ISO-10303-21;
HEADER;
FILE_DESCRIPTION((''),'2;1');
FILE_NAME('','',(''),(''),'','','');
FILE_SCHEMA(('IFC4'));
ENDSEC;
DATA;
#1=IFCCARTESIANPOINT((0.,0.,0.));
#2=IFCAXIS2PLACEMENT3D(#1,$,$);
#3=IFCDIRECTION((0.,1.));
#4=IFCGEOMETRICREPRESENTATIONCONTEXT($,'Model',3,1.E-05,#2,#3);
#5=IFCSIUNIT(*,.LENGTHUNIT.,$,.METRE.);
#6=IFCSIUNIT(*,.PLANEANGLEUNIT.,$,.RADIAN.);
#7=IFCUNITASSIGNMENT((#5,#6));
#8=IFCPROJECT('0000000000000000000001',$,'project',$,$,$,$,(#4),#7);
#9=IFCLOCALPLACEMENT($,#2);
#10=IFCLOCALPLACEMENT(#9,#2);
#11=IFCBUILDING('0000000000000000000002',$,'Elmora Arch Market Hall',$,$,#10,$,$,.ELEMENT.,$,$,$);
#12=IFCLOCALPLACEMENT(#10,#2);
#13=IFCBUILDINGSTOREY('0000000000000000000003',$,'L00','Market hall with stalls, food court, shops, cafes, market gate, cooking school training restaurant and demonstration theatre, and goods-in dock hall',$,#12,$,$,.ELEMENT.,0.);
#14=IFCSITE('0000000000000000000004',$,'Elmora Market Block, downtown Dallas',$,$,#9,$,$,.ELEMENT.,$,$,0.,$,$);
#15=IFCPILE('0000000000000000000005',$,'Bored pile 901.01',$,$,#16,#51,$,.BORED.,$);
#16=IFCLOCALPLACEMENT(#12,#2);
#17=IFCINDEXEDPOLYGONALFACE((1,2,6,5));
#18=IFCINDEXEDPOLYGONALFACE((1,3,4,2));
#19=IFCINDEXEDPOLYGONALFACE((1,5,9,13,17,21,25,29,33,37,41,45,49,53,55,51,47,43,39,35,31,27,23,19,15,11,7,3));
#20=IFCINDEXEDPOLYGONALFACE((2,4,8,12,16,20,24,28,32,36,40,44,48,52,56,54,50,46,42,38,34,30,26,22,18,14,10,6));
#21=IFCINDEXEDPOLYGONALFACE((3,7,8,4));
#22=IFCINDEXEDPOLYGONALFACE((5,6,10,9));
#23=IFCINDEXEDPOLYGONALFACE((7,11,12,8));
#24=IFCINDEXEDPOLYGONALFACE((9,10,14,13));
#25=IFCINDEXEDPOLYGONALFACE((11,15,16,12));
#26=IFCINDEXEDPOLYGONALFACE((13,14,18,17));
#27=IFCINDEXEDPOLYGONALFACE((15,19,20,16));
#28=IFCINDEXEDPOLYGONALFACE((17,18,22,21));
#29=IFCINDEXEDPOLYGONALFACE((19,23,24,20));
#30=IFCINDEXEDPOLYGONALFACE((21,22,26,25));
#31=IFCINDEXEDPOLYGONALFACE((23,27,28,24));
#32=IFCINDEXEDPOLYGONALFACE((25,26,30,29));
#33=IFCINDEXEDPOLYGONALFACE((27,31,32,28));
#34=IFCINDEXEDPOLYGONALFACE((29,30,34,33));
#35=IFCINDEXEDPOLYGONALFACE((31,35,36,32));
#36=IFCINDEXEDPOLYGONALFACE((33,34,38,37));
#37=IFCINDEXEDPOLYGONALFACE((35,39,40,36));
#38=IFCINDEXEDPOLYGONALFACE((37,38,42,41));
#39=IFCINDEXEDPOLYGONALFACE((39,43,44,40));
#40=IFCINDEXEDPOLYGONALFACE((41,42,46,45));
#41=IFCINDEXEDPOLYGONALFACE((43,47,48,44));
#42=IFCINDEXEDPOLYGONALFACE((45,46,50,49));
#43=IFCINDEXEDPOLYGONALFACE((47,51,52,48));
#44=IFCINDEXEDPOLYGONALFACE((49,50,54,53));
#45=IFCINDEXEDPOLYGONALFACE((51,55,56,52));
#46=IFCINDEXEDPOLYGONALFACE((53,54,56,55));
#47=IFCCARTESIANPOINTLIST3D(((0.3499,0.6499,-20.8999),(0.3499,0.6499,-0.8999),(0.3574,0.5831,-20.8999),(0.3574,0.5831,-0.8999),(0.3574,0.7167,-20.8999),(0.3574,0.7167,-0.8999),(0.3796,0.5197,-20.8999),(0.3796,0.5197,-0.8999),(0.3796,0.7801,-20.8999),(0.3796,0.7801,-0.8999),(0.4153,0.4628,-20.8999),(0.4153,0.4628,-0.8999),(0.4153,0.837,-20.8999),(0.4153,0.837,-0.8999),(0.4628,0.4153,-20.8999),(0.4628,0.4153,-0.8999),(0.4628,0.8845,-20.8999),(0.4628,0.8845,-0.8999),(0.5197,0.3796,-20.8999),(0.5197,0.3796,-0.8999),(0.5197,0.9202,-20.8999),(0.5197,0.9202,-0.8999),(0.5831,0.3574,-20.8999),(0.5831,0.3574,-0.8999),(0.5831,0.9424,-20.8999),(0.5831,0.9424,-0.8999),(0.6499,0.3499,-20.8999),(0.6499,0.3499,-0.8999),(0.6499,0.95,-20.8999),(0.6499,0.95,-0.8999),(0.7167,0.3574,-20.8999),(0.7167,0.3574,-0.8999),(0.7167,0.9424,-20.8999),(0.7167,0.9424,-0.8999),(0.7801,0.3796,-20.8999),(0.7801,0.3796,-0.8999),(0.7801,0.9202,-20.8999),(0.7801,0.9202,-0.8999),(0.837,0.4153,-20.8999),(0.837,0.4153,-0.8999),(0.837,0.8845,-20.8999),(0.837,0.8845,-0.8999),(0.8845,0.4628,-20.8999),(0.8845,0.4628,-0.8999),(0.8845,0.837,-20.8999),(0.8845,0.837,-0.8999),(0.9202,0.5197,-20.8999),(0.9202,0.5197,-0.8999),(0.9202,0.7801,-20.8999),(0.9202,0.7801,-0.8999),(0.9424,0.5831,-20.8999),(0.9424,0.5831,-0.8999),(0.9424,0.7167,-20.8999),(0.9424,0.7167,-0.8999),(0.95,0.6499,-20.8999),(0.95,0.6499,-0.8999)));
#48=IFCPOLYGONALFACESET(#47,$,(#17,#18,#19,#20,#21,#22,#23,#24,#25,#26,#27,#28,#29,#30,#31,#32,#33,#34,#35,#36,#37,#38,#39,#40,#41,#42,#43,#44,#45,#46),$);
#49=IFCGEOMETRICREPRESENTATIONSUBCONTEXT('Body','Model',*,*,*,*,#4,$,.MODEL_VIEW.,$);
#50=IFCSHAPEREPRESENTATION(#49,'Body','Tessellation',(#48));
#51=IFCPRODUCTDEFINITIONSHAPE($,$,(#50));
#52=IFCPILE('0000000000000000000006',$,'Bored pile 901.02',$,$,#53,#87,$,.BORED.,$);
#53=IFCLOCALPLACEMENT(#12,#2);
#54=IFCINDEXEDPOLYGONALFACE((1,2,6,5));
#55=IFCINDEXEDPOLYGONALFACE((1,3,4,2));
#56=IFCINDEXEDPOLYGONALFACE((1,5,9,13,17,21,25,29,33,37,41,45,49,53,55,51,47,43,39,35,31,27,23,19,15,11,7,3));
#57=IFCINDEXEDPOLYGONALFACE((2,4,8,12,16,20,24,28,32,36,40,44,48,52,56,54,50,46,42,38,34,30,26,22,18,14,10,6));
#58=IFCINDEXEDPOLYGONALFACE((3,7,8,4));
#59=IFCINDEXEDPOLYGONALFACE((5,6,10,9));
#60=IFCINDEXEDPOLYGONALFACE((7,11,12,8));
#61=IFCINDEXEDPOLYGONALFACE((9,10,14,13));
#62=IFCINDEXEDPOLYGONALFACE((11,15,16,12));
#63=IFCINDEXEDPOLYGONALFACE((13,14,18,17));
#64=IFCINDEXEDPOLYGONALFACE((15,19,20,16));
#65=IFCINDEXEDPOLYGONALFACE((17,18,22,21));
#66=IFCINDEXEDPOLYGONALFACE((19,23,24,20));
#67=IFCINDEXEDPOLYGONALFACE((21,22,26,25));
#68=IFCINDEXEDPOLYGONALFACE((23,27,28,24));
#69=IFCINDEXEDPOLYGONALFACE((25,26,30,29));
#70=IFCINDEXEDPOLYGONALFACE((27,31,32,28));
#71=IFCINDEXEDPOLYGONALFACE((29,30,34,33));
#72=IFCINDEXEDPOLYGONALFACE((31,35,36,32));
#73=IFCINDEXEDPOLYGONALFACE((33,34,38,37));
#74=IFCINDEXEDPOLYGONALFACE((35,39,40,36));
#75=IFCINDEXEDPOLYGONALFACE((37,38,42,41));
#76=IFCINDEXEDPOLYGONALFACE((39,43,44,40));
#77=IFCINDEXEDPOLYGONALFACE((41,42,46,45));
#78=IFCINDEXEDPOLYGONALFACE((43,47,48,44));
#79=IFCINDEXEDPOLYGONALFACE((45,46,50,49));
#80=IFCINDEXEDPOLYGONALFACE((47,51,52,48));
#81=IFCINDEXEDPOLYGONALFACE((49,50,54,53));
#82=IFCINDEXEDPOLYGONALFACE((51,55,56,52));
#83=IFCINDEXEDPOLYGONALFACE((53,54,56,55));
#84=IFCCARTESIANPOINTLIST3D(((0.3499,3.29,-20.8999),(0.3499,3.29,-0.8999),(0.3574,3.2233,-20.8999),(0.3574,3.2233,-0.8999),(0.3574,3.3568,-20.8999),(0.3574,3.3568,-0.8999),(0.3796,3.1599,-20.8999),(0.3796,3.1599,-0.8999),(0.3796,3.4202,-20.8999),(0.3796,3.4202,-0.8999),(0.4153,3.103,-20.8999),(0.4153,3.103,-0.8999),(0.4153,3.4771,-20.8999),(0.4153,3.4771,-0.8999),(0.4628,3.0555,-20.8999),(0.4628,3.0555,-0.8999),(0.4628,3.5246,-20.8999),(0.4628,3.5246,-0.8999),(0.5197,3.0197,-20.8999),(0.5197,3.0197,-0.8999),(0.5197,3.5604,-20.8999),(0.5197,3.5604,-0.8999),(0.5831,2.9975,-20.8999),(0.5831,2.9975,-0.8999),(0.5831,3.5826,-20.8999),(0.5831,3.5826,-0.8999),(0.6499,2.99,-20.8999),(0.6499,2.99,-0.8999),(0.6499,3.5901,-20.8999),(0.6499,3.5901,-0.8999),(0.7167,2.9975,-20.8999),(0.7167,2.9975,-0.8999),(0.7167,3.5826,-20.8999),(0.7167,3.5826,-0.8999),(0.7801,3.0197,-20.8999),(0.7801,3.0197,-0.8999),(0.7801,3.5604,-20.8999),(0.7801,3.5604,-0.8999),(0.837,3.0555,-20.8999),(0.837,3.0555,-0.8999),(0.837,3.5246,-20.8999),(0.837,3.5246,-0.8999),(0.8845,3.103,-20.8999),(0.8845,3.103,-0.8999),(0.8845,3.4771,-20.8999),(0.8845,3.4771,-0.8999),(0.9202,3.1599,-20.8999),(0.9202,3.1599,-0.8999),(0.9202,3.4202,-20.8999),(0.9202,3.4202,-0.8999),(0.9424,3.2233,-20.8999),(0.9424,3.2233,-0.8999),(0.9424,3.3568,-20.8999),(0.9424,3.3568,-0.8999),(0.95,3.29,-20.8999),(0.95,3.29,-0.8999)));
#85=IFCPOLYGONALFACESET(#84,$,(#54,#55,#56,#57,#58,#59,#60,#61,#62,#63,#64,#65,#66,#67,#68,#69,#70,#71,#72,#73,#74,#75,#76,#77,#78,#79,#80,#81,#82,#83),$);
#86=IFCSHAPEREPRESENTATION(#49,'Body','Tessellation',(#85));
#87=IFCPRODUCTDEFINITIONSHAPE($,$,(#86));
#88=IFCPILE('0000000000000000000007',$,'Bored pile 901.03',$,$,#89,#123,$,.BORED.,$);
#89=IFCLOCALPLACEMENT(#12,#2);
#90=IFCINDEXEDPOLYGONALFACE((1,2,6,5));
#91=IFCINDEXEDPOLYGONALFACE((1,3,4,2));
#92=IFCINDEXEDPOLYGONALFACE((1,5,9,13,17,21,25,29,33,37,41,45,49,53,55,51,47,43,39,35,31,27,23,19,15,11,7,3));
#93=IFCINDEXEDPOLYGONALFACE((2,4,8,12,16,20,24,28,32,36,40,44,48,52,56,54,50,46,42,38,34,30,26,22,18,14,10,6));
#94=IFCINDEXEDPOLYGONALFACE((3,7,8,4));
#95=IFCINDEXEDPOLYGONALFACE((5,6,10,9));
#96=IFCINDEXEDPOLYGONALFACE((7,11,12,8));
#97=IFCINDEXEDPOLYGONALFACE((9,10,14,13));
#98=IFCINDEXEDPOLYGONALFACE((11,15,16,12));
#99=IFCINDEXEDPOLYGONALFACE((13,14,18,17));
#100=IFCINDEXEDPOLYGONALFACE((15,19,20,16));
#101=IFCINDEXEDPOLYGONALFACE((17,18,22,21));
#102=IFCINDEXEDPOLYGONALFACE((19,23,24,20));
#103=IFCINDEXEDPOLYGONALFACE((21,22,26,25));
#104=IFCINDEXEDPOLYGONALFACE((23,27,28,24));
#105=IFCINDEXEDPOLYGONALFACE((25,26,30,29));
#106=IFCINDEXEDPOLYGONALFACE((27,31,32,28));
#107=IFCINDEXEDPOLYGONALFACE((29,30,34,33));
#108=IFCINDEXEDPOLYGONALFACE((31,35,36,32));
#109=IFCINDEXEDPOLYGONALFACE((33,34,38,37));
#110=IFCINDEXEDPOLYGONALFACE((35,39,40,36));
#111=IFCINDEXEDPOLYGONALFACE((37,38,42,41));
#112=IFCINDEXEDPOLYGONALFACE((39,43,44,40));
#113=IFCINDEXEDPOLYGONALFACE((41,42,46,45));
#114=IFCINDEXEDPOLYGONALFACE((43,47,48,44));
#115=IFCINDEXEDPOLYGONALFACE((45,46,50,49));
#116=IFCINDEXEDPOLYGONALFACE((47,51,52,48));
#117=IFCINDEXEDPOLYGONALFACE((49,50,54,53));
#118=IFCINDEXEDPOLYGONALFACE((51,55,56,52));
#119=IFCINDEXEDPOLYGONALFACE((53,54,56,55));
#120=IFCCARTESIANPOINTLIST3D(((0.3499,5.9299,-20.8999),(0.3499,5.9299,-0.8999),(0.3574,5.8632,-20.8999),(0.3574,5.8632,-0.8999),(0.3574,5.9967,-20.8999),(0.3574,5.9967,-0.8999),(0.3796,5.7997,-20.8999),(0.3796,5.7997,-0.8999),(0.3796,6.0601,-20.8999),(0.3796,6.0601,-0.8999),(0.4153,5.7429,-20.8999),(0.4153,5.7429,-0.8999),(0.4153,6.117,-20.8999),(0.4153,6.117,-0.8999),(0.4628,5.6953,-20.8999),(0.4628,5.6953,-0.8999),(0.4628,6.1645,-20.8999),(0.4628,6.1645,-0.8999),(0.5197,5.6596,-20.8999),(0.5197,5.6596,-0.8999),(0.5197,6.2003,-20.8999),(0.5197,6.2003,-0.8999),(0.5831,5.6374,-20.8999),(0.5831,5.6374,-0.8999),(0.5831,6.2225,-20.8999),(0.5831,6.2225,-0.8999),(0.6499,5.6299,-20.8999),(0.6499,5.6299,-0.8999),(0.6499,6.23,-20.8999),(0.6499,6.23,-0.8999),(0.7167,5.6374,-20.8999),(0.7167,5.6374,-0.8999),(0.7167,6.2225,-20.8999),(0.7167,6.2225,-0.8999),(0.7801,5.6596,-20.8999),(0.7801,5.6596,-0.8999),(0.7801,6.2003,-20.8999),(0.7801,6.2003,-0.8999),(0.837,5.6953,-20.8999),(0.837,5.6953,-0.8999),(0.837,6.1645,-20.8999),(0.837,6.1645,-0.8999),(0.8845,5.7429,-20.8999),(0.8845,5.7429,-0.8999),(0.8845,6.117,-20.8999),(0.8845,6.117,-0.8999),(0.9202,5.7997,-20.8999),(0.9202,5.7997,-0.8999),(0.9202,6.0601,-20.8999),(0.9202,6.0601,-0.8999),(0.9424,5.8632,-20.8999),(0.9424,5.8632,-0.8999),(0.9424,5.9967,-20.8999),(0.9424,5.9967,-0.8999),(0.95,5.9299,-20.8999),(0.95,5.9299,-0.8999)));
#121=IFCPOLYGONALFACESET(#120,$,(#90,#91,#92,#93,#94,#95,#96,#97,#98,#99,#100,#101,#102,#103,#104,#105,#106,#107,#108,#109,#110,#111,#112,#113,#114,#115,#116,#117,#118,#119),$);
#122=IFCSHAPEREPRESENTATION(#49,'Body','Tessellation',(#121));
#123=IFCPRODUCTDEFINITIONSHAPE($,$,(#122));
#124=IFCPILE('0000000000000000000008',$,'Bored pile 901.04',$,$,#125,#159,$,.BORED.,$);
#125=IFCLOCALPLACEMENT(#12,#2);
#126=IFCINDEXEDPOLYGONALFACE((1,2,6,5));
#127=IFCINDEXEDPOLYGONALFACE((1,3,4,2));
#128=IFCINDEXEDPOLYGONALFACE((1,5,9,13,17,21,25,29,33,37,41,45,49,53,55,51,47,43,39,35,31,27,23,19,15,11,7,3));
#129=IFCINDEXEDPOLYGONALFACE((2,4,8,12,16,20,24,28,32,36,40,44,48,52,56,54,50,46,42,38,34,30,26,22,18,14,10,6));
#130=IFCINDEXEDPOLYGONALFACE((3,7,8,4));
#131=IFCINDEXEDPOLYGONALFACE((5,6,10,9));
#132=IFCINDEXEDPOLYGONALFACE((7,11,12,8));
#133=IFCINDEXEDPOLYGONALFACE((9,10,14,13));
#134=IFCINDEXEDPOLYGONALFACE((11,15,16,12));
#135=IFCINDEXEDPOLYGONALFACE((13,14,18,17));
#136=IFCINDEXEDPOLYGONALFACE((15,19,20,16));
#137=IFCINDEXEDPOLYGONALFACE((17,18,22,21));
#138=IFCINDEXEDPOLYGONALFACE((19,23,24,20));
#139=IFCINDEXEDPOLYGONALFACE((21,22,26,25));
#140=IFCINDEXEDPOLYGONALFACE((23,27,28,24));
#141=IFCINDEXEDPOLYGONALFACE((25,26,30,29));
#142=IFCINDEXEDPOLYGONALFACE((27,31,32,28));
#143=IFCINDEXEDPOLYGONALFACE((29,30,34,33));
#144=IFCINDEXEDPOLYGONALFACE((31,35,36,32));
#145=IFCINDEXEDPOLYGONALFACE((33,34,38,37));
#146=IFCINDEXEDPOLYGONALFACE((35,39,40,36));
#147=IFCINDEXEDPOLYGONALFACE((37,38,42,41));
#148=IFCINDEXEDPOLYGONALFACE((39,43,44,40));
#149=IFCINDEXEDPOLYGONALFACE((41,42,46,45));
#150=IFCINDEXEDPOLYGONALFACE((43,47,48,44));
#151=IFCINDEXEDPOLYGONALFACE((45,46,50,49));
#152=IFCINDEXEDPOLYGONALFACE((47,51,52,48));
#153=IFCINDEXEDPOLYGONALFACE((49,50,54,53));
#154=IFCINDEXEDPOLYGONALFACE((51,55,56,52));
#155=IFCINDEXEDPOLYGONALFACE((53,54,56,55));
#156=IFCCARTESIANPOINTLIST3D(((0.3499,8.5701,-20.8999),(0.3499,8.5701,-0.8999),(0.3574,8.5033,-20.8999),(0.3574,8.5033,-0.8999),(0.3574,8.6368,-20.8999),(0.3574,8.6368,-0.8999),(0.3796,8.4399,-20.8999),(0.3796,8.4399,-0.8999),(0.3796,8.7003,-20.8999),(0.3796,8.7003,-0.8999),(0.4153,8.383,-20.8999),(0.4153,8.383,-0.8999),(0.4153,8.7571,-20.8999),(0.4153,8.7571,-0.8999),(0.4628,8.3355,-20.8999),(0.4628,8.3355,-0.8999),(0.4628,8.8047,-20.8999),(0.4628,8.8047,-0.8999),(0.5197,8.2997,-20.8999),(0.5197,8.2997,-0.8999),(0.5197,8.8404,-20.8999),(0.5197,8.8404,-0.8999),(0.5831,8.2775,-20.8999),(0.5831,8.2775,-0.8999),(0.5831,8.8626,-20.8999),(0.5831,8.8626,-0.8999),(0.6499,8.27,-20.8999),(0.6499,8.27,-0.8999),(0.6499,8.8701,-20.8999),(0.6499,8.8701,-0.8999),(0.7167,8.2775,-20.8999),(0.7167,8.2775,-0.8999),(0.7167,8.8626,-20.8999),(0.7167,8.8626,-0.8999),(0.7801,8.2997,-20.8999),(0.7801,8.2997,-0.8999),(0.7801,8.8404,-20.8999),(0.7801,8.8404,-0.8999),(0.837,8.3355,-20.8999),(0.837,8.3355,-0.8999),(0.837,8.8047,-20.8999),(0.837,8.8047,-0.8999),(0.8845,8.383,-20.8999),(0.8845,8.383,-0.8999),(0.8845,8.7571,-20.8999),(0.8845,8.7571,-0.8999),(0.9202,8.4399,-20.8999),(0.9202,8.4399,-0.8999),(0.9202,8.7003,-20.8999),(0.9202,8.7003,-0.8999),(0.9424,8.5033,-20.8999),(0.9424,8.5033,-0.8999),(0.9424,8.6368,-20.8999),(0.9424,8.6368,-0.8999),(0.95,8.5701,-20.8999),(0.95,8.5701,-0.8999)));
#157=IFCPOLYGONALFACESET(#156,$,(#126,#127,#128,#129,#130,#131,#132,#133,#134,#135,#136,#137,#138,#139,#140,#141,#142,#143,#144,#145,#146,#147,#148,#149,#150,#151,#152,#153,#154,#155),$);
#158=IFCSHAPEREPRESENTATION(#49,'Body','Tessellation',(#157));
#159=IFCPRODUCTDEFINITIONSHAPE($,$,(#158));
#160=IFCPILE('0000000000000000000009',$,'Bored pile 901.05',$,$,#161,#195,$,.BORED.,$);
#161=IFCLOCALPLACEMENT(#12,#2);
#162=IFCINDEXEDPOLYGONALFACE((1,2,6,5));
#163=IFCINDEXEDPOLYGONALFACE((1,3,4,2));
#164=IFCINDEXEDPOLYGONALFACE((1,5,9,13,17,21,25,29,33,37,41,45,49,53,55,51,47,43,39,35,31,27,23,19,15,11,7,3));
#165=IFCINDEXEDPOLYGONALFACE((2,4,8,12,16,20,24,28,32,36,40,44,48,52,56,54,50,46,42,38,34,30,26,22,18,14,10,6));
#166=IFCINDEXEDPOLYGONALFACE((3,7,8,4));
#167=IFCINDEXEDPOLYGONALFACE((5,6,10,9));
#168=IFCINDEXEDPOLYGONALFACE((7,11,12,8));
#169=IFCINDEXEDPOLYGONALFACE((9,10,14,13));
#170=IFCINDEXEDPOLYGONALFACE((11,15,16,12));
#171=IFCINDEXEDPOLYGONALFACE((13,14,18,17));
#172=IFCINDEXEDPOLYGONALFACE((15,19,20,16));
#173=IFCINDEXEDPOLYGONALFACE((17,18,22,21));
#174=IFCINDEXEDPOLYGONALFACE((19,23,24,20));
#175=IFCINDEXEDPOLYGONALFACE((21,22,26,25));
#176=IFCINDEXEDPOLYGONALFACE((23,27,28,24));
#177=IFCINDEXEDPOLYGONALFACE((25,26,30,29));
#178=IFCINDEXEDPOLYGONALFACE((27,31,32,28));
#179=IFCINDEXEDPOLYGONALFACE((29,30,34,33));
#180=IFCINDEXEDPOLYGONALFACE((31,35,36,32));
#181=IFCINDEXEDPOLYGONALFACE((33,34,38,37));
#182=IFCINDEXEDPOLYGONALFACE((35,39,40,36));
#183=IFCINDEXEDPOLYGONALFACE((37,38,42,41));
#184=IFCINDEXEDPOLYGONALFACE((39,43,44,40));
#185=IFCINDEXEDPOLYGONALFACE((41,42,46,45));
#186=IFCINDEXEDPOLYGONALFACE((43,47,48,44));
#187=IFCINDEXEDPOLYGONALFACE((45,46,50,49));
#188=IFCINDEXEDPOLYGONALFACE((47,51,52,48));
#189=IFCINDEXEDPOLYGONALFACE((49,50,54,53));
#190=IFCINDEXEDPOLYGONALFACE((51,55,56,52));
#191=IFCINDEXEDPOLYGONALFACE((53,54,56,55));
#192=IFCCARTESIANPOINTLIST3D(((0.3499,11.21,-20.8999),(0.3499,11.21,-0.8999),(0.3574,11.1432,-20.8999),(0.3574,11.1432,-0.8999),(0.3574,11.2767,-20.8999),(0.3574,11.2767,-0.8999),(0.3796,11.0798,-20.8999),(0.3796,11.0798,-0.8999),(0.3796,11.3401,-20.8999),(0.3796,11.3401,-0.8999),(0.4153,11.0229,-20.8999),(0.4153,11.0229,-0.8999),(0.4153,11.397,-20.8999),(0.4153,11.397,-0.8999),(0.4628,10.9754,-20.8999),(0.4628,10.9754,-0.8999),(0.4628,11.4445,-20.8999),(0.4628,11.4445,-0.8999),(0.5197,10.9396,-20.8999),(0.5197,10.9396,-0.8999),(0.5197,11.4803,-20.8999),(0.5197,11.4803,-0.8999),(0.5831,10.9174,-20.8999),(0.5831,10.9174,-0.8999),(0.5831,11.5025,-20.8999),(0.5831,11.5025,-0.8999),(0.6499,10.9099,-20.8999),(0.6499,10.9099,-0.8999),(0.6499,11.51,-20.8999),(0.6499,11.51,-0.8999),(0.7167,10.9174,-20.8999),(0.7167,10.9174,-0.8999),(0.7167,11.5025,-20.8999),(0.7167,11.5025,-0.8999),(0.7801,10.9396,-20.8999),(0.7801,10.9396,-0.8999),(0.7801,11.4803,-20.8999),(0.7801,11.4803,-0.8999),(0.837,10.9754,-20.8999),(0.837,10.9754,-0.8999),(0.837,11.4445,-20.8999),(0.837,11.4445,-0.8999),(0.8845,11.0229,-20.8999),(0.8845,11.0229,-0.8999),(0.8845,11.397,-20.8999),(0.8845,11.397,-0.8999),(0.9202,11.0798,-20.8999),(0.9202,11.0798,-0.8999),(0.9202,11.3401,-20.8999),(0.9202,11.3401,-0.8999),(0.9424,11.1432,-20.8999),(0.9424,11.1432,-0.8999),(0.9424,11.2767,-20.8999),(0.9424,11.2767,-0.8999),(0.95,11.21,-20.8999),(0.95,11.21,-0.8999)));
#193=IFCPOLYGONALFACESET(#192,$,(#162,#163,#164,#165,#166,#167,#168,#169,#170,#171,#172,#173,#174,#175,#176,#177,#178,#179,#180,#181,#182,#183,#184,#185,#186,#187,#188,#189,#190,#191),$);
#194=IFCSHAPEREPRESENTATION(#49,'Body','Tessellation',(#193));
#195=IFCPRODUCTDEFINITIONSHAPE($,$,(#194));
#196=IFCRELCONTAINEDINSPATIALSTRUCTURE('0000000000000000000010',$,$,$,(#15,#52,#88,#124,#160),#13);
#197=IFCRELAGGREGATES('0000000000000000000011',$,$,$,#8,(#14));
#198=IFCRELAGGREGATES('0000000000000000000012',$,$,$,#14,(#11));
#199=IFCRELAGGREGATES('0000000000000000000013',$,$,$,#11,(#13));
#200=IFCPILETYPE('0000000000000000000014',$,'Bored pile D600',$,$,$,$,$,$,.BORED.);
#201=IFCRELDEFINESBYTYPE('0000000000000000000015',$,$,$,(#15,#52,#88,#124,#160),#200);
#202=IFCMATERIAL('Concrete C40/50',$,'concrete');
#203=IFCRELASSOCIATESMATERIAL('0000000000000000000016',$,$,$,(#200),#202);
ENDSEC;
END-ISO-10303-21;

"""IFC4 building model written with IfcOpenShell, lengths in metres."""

from ifc_helpers import new_model, si_unit, direction, frame, origin, origin_2d, place, context, subcontext, project, spatial, circle, extrude, material, material_profile, profile_set, type_object, element, save


model = new_model("IFC4")

# Units and contexts
model_context = context("Model", 3, precision=1e-05, world=origin(), true_north=direction((0.0, 1.0)))
body_context = subcontext(model_context, "Body", "Model", "MODEL_VIEW")
ifc_project = project(units=[si_unit("LENGTHUNIT", "METRE"), si_unit("PLANEANGLEUNIT", "RADIAN")], contexts=[model_context])

# Site, building, storey
site_placement = place(None, origin())
site = spatial("IfcSite", under=ifc_project, at=site_placement, Name="Elmora Market Block, downtown Dallas", CompositionType="ELEMENT", RefElevation=0.0)
building_placement = place(site_placement, origin())
building = spatial("IfcBuilding", under=site, at=building_placement, Name="Elmora Arch Market Hall", CompositionType="ELEMENT")
storey_placement = place(building_placement, origin())
storey = spatial("IfcBuildingStorey", under=building, at=storey_placement, Name="L00", Description="Market hall with stalls, food court, shops, cafes, market gate, cooking school training restaurant and demonstration theatre, and goods-in dock hall", CompositionType="ELEMENT", Elevation=0.0)

# Piles
ifc_material_1 = material(Name="Concrete C40/50", Category="concrete")
ifc_material_profile_1 = material_profile(ifc_material_1, circle(Radius=0.3, at=origin_2d()), Name="Bored pile D600")
ifc_profile_set_1 = profile_set([ifc_material_profile_1], Name="Concrete C40/50")
pile_type = type_object("IfcPileType", Name="Bored pile D600", PredefinedType="BORED", material=ifc_profile_set_1)
for number, where, z_axis, x_axis, name in (
    (1, (0.6499, 0.6499, -0.8999), (0.0, 0.0, -1.0), (1.0, 0.0, 0.0), "Bored pile 901.01"),
    (2, (0.6499, 3.29, -0.8999), (0.0, 0.0, -1.0), (1.0, 0.0, 0.0), "Bored pile 901.02"),
    (3, (0.6499, 5.9299, -0.8999), (0.0, 0.0, -1.0), (1.0, 0.0, 0.0), "Bored pile 901.03"),
    (4, (0.6499, 8.5701, -0.8999), (0.0, 0.0, -1.0), (1.0, 0.0, 0.0), "Bored pile 901.04"),
    (5, (0.6499, 11.21, -0.8999), (0.0, 0.0, -1.0), (1.0, 0.0, 0.0), "Bored pile 901.05"),
):
    element("IfcPile", number, at=place(storey_placement, frame(where, z_axis=z_axis, x_axis=x_axis)), inside=storey, type_object=pile_type, Name=name, PredefinedType="BORED", context=body_context, shape_type="SweptSolid", body=[
        extrude(circle(Radius=0.3, at=origin_2d()), origin(), (0.0, 0.0, 1.0), 20.0),
    ])

save(model, "model.ifc")
